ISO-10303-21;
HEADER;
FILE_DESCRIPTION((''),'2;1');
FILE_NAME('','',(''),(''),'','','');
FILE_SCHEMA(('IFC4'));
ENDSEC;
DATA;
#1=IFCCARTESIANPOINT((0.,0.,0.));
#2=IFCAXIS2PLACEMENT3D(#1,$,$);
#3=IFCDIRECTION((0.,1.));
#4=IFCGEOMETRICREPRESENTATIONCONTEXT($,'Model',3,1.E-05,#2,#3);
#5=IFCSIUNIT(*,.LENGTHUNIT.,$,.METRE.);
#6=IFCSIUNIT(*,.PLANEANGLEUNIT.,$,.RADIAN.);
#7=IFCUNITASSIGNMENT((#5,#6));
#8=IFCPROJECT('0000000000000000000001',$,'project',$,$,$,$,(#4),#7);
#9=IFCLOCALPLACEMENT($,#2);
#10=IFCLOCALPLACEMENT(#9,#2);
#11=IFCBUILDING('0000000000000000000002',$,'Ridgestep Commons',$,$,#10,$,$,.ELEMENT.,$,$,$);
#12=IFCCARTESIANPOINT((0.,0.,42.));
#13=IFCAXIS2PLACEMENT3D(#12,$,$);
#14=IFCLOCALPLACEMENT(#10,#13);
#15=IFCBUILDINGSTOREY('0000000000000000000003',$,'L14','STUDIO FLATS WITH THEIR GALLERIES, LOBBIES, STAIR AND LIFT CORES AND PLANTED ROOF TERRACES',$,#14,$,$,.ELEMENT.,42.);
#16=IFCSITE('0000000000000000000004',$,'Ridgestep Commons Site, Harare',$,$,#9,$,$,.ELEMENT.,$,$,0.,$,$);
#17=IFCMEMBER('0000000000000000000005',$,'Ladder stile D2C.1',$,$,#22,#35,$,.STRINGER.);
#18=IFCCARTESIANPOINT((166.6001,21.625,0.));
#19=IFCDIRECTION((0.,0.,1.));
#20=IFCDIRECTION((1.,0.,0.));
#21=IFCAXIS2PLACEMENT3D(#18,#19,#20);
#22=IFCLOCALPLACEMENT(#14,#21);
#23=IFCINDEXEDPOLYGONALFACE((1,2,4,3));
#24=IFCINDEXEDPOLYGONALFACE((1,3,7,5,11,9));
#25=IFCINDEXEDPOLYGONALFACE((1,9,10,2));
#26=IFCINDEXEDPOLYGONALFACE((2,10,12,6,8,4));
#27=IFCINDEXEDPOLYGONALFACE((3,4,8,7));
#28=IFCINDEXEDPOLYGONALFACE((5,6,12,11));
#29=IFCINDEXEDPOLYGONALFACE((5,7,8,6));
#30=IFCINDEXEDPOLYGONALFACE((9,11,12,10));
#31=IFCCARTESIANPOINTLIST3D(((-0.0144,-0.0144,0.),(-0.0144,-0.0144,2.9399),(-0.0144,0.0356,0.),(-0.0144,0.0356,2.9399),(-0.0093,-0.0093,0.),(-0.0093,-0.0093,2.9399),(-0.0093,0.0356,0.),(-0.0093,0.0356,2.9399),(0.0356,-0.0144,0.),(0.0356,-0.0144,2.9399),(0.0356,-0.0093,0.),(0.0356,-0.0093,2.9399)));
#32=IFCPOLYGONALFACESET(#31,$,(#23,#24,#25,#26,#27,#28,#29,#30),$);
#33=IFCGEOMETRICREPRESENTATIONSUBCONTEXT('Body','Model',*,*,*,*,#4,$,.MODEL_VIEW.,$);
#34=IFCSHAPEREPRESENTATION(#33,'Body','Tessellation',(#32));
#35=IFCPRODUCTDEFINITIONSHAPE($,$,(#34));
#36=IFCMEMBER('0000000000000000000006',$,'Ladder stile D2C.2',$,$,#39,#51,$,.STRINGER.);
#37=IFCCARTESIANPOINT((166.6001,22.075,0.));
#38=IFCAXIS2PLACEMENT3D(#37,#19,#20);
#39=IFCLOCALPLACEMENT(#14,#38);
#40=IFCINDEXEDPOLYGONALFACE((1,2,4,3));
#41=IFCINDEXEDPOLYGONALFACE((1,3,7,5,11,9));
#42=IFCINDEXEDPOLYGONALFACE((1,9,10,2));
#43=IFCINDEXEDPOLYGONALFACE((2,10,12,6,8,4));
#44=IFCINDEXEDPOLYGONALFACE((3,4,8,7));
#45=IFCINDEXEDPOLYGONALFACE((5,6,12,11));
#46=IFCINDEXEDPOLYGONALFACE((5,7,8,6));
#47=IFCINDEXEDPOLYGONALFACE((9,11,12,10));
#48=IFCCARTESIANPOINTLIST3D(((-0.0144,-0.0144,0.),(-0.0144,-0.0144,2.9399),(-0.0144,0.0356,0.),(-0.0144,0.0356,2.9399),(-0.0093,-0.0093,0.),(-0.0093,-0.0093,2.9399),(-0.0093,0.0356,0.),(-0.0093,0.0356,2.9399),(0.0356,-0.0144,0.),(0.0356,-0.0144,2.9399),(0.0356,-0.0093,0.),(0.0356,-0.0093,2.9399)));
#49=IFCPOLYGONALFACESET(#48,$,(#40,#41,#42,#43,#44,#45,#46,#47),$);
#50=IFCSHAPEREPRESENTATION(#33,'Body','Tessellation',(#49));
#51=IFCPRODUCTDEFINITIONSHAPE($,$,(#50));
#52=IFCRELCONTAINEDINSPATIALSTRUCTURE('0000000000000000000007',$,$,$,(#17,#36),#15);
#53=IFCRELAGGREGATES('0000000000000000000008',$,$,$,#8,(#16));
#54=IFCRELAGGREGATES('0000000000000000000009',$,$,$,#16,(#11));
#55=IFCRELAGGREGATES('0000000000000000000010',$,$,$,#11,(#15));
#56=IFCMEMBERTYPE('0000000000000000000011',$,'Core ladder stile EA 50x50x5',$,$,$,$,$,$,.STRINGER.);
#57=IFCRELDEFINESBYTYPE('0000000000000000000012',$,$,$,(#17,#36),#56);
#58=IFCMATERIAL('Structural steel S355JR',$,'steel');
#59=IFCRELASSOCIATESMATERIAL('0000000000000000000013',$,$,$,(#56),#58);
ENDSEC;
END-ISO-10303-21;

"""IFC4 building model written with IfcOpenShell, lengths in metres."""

from ifc_helpers import new_model, si_unit, direction, frame, origin, place, context, subcontext, project, spatial, polyline, outline, extrude, material, material_profile, profile_set, type_object, element, save


model = new_model("IFC4")

# Units and contexts
model_context = context("Model", 3, precision=1e-05, world=origin(), true_north=direction((0.0, 1.0)))
body_context = subcontext(model_context, "Body", "Model", "MODEL_VIEW")
ifc_project = project(units=[si_unit("LENGTHUNIT", "METRE"), si_unit("PLANEANGLEUNIT", "RADIAN")], contexts=[model_context])

# Site, building, storey
site_placement = place(None, origin())
site = spatial("IfcSite", under=ifc_project, at=site_placement, Name="Ridgestep Commons Site, Harare", CompositionType="ELEMENT", RefElevation=0.0)
building_placement = place(site_placement, origin())
building = spatial("IfcBuilding", under=site, at=building_placement, Name="Ridgestep Commons", CompositionType="ELEMENT")
storey_placement = place(building_placement, frame((0.0, 0.0, 42.0)))
storey = spatial("IfcBuildingStorey", under=building, at=storey_placement, Name="L14", Description="STUDIO FLATS WITH THEIR GALLERIES, LOBBIES, STAIR AND LIFT CORES AND PLANTED ROOF TERRACES", CompositionType="ELEMENT", Elevation=42.0)

# Members
ifc_material_1 = material(Name="Structural steel S355JR", Category="steel")
ifc_material_profile_1 = material_profile(ifc_material_1, outline(polyline([(-0.0144, -0.0144), (0.0356, -0.0144), (0.0356, -0.0093), (-0.0093, -0.0093), (-0.0093, 0.0356), (-0.0144, 0.0356), (-0.0144, -0.0144)])), Name="EA 50x50x5")
ifc_profile_set_1 = profile_set([ifc_material_profile_1], Name="Structural steel S355JR")
member_type_1 = type_object("IfcMemberType", Name="Core ladder stile EA 50x50x5", PredefinedType="STRINGER", material=ifc_profile_set_1)
for number, where, z_axis, x_axis, name in (
    (1, (166.6001, 21.625, 0.0), (0.0, 0.0, 1.0), (1.0, 0.0, 0.0), "Ladder stile D2C.1"),
    (2, (166.6001, 22.075, 0.0), (0.0, 0.0, 1.0), (1.0, 0.0, 0.0), "Ladder stile D2C.2"),
):
    element("IfcMember", number, at=place(storey_placement, frame(where, z_axis=z_axis, x_axis=x_axis)), inside=storey, type_object=member_type_1, Name=name, PredefinedType="STRINGER", context=body_context, shape_type="SweptSolid", body=[
        extrude(outline(polyline([(-0.0144, -0.0144), (0.0356, -0.0144), (0.0356, -0.0093), (-0.0093, -0.0093), (-0.0093, 0.0356), (-0.0144, 0.0356), (-0.0144, -0.0144)])), origin(), (0.0, 0.0, 1.0), 2.9399),
    ])

save(model, "model.ifc")
